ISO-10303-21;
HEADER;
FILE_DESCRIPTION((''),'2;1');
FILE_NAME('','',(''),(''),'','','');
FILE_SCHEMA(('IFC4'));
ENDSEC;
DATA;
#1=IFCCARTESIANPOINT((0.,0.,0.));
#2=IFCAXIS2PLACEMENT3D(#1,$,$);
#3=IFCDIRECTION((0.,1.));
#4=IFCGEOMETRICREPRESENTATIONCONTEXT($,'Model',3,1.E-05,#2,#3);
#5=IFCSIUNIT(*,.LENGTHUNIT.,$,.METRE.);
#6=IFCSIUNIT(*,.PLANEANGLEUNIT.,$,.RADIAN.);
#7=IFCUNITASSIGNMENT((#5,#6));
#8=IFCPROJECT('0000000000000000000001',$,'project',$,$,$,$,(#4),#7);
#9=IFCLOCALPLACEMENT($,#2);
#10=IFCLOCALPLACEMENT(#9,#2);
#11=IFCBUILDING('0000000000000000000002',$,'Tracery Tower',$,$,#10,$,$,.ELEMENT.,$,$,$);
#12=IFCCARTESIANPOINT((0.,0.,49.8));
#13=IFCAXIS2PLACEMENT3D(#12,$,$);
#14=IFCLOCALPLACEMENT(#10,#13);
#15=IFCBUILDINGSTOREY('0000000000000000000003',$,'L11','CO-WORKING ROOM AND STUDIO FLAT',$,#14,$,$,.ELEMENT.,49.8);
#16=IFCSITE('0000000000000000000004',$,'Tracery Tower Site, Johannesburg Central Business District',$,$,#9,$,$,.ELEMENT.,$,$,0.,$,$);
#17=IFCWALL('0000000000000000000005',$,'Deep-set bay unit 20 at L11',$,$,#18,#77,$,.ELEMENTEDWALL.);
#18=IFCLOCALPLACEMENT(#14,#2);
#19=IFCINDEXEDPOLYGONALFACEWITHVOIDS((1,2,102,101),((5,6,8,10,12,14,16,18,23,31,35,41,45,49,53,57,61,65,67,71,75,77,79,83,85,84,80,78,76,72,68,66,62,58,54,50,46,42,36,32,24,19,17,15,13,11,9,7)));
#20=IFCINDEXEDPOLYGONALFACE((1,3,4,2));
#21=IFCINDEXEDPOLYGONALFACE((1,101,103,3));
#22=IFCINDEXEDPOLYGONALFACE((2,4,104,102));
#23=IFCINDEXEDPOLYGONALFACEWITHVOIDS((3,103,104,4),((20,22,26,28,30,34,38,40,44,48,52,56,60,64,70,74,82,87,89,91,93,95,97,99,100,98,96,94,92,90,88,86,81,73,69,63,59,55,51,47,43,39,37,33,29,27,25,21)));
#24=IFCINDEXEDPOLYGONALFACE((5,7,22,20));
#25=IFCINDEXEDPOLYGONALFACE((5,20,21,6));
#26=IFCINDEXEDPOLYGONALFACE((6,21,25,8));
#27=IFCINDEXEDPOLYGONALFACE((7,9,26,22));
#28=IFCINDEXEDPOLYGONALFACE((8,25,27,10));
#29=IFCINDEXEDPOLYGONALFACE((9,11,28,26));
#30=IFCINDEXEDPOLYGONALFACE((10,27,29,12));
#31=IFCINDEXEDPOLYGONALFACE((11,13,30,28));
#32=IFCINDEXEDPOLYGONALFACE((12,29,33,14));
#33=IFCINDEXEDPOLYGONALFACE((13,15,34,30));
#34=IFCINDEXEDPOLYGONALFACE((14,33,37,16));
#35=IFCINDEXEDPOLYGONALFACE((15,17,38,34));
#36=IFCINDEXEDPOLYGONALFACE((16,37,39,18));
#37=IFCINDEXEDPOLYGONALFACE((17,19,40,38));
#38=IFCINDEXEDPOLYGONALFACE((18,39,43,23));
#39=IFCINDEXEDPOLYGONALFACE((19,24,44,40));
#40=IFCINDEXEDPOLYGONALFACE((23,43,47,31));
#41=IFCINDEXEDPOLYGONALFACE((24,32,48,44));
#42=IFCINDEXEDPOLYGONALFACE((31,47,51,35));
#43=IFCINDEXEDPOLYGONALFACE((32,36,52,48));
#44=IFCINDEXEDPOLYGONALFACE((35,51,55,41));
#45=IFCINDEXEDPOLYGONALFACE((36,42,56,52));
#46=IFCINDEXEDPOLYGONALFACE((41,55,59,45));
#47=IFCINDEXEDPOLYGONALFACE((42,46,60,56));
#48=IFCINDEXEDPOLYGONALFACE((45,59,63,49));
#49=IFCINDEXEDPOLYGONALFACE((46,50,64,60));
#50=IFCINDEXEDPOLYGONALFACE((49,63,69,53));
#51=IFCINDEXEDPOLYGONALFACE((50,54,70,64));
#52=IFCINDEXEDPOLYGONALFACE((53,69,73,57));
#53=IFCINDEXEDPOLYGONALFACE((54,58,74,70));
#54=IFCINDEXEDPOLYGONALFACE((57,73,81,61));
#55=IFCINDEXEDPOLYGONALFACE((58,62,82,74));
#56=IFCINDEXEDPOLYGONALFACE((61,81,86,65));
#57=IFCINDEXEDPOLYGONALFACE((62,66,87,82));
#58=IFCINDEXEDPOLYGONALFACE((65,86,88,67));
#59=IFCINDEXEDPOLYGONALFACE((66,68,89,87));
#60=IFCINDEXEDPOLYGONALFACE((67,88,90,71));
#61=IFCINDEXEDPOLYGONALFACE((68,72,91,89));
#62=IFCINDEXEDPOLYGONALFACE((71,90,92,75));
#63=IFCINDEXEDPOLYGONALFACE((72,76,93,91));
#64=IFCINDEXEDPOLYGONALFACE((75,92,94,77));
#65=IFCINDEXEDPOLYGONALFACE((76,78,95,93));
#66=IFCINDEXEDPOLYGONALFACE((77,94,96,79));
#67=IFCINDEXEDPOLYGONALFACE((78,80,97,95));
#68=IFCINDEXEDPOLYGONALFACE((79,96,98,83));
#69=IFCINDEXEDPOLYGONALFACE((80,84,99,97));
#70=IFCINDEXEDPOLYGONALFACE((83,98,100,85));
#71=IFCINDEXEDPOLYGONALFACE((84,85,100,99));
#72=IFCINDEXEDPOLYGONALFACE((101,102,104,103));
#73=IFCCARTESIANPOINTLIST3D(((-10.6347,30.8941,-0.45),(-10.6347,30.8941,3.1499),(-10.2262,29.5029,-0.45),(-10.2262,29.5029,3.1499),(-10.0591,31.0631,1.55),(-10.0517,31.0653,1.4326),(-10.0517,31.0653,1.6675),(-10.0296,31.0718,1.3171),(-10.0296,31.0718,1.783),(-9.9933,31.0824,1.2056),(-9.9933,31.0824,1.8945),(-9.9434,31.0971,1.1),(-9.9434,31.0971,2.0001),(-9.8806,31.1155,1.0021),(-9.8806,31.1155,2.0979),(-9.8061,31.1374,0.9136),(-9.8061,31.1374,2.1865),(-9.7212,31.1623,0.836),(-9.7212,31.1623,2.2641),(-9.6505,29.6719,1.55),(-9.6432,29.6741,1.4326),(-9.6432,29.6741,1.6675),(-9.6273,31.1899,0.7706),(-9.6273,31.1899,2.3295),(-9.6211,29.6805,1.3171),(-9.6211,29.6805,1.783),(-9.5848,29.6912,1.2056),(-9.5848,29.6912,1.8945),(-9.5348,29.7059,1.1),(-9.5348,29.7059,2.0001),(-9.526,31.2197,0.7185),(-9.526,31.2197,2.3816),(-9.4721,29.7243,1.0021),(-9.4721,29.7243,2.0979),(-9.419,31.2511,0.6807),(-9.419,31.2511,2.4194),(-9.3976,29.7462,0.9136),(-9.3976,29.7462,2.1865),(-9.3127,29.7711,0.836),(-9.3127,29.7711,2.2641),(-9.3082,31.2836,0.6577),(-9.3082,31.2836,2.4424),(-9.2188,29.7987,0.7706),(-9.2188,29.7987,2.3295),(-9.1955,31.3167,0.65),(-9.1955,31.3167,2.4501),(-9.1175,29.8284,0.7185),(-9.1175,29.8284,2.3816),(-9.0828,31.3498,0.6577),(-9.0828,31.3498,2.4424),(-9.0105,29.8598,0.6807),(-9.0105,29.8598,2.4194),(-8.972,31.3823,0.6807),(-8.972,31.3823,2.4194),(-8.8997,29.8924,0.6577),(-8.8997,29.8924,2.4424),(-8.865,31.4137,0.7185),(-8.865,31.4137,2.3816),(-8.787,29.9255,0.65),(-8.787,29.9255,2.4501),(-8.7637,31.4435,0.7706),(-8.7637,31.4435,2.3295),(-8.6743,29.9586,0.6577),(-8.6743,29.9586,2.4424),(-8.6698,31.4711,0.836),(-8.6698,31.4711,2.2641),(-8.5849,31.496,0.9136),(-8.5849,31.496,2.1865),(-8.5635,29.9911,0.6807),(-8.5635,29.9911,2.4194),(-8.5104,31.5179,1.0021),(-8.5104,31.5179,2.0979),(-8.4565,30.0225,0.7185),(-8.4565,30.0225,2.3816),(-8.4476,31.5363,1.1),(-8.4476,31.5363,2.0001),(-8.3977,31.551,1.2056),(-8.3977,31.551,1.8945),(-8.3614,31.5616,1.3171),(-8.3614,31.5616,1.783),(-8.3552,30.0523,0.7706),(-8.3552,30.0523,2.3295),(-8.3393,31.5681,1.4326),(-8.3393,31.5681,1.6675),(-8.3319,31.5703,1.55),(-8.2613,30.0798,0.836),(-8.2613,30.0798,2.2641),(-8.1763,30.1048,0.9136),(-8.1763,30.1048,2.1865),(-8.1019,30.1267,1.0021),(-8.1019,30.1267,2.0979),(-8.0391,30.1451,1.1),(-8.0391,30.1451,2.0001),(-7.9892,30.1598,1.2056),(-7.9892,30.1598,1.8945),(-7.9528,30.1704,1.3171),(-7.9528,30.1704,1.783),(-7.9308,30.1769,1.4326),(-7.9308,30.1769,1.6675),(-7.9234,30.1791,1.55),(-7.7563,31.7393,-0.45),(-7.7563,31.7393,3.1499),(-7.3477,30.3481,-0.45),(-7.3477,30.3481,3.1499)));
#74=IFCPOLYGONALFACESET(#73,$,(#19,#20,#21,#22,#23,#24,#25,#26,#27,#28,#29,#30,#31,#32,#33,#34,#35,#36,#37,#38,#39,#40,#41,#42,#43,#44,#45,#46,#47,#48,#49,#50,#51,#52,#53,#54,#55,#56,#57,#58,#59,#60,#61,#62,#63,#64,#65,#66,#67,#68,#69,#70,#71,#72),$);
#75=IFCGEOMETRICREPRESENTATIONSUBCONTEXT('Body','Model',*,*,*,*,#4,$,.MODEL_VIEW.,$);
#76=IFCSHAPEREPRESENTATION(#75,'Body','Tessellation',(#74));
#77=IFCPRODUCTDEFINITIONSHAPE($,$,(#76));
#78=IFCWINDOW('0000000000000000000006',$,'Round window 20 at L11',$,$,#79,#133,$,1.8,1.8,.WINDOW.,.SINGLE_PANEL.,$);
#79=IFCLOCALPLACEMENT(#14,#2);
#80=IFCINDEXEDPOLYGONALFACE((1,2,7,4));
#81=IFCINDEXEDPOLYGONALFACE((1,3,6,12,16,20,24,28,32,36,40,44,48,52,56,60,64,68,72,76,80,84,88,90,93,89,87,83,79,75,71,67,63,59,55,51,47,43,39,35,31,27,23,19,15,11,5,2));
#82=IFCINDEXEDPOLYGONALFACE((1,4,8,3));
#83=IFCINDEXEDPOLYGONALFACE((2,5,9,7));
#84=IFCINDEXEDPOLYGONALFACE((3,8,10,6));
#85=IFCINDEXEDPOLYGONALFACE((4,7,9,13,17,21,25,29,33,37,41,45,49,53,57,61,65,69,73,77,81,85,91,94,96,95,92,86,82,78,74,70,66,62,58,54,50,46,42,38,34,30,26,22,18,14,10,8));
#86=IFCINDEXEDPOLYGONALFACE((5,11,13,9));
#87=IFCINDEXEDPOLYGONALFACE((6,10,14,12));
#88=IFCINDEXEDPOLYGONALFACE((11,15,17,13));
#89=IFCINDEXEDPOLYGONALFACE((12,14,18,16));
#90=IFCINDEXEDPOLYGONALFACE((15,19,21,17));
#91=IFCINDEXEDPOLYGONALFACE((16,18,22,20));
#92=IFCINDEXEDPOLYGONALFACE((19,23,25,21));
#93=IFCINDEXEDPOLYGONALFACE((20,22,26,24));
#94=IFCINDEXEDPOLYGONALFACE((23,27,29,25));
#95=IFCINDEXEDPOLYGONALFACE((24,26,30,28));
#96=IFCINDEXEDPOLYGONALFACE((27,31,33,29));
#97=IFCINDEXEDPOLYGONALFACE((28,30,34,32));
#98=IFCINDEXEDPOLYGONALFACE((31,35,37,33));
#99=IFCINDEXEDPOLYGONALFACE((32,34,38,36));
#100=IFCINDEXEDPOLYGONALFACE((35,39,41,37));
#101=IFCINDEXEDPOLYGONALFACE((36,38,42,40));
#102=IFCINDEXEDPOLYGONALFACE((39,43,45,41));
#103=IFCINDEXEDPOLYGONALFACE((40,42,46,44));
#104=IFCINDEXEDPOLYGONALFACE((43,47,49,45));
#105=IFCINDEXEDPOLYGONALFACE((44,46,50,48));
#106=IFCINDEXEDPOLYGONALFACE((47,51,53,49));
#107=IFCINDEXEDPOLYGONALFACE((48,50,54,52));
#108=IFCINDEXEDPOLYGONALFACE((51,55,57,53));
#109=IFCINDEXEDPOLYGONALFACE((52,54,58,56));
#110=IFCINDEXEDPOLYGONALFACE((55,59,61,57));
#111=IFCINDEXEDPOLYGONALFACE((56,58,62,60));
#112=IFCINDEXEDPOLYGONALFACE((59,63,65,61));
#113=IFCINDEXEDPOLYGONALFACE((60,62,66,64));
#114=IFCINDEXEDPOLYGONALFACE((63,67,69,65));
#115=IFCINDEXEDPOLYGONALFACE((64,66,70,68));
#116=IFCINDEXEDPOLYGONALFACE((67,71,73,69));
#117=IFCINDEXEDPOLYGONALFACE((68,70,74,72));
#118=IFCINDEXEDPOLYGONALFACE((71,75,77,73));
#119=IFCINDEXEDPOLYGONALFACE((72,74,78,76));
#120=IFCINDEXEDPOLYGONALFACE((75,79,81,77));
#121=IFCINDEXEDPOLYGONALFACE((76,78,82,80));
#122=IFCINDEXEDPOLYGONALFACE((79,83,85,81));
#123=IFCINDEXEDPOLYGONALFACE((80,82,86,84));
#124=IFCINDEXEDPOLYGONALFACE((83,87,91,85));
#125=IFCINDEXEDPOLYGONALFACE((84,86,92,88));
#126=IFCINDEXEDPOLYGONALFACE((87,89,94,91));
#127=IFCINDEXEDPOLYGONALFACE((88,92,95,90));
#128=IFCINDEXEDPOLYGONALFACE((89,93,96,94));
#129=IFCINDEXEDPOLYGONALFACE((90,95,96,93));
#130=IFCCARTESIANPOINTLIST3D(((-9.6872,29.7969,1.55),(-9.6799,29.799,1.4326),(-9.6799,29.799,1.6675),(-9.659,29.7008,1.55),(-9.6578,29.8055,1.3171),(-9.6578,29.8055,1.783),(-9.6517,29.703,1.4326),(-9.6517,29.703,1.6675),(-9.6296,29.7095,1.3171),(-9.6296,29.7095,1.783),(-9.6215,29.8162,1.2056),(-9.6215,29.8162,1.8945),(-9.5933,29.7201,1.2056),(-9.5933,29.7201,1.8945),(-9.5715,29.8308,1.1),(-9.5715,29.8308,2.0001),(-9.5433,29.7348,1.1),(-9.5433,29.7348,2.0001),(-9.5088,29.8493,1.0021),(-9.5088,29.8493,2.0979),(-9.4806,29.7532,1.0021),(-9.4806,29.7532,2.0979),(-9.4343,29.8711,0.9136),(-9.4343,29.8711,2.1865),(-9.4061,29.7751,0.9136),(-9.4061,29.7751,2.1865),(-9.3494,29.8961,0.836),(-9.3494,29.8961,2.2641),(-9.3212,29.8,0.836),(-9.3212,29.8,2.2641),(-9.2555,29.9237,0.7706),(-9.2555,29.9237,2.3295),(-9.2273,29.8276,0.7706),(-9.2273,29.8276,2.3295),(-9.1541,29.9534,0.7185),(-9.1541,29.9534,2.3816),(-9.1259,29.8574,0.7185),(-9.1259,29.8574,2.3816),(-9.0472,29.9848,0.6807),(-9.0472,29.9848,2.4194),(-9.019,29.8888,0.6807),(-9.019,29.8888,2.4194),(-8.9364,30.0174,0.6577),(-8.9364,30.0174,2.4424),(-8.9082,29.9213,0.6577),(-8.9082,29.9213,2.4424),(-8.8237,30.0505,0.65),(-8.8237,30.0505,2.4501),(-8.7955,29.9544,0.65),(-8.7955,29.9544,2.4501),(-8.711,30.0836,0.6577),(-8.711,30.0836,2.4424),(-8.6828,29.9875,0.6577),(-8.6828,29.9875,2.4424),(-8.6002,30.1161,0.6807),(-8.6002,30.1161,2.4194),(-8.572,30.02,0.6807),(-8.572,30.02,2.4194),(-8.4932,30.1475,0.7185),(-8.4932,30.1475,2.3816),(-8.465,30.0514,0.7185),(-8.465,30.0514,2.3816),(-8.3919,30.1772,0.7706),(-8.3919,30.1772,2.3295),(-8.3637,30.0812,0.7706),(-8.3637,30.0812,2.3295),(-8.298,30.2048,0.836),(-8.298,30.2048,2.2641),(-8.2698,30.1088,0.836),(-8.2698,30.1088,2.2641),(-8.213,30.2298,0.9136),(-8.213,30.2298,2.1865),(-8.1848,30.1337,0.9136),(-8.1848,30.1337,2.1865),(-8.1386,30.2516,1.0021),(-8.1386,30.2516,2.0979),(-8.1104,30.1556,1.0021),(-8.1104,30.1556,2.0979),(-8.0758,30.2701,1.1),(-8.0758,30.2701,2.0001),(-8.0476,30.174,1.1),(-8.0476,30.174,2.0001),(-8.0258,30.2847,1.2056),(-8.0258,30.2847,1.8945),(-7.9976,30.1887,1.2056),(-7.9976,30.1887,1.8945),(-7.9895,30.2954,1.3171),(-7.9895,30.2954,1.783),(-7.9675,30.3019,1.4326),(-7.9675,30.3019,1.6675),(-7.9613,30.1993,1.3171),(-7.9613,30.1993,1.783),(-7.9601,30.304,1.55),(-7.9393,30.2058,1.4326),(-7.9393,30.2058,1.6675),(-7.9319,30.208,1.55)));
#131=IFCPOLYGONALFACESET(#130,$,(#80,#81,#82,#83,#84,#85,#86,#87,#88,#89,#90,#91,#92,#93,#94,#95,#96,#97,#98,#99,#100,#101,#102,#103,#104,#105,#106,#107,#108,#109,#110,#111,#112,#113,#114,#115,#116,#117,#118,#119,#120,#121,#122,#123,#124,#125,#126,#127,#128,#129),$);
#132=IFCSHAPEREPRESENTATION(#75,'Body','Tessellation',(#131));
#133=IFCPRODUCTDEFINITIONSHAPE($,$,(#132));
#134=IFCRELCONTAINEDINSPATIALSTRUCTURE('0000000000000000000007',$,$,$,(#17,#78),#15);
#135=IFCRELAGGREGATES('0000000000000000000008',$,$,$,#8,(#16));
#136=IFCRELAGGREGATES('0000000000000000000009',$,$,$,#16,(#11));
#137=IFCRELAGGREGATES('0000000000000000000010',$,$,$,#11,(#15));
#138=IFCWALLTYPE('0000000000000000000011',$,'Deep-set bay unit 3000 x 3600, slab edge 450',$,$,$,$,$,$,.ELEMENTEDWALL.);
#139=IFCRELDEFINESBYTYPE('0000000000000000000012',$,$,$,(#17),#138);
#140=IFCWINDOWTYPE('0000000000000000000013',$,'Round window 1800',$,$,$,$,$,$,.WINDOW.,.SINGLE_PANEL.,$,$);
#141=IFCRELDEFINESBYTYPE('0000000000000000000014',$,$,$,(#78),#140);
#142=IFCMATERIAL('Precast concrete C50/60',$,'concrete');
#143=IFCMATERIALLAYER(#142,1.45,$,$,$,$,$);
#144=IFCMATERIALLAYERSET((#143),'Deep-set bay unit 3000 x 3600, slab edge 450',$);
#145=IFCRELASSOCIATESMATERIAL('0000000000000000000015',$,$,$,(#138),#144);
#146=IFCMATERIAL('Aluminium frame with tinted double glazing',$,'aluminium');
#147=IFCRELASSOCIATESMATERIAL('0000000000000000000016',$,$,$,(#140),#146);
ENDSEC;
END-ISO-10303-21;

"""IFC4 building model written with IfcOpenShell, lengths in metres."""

from ifc_helpers import new_model, si_unit, direction, frame, frame_2d, origin, origin_2d, place, context, subcontext, project, spatial, rectangle, circle, extrude, material, layer, layer_set, type_object, element, fill, save


model = new_model("IFC4")

# Units and contexts
model_context = context("Model", 3, precision=1e-05, world=origin(), true_north=direction((0.0, 1.0)))
body_context = subcontext(model_context, "Body", "Model", "MODEL_VIEW")
ifc_project = project(units=[si_unit("LENGTHUNIT", "METRE"), si_unit("PLANEANGLEUNIT", "RADIAN")], contexts=[model_context])

# Site, building, storey
site_placement = place(None, origin())
site = spatial("IfcSite", under=ifc_project, at=site_placement, Name="Tracery Tower Site, Johannesburg Central Business District", CompositionType="ELEMENT", RefElevation=0.0)
building_placement = place(site_placement, origin())
building = spatial("IfcBuilding", under=site, at=building_placement, Name="Tracery Tower", CompositionType="ELEMENT")
storey_placement = place(building_placement, frame((0.0, 0.0, 49.8)))
storey = spatial("IfcBuildingStorey", under=building, at=storey_placement, Name="L11", Description="CO-WORKING ROOM AND STUDIO FLAT", CompositionType="ELEMENT", Elevation=49.8)

# Wall, opening, window
ifc_material_1 = material(Name="Precast concrete C50/60", Category="concrete")
ifc_layer_1 = layer(ifc_material_1, 1.45)
ifc_layer_set_1 = layer_set([ifc_layer_1], Name="Deep-set bay unit 3000 x 3600, slab edge 450")
wall_type_1 = type_object("IfcWallType", Name="Deep-set bay unit 3000 x 3600, slab edge 450", PredefinedType="ELEMENTEDWALL", material=ifc_layer_set_1)
wall_1_placement = place(storey_placement, frame((-7.552, 31.0437, -0.45), z_axis=(0.0, 0.0, 1.0), x_axis=(-0.95949, -0.281743, 0.0)))
wall_1 = element("IfcWall", 1, at=wall_1_placement, inside=storey, type_object=wall_type_1, Name="Deep-set bay unit 20 at L11", PredefinedType="ELEMENTEDWALL", context=body_context, shape_type="SweptSolid", body=[
    extrude(rectangle(XDim=3.0, YDim=1.45, at=frame_2d((1.5, 0.0))), origin(), (0.0, 0.0, 1.0), 3.5999),
])
opening_1_placement = place(wall_1_placement, frame((1.5, 0.0, 2.0)))
opening_1 = element("IfcOpeningElement", 2, at=opening_1_placement, cuts=wall_1, PredefinedType="OPENING", context=body_context, shape_type="SweptSolid", body=[
    extrude(circle(Radius=0.9, at=origin_2d()), frame((0.0, 0.7349, 0.0), z_axis=(0.0, -1.0, 0.0), x_axis=(1.0, 0.0, 0.0)), (0.0, 0.0, 1.0), 1.47),
])
ifc_material_2 = material(Name="Aluminium frame with tinted double glazing", Category="aluminium")
window_type = type_object("IfcWindowType", Name="Round window 1800", PartitioningType="SINGLE_PANEL", PredefinedType="WINDOW", material=ifc_material_2)
window_1_placement = place(opening_1_placement, origin())
window_1 = element("IfcWindow", 3, at=window_1_placement, inside=storey, type_object=window_type, Name="Round window 20 at L11", OverallHeight=1.8, OverallWidth=1.8, PartitioningType="SINGLE_PANEL", PredefinedType="WINDOW", context=body_context, shape_type="SweptSolid", body=[
    extrude(circle(Radius=0.9, at=origin_2d()), frame((0.0, 0.6948, 0.0), z_axis=(0.0, -1.0, 0.0), x_axis=(1.0, 0.0, 0.0)), (0.0, 0.0, 1.0), 0.1001),
])
fill(opening_1, window_1)

save(model, "model.ifc")
